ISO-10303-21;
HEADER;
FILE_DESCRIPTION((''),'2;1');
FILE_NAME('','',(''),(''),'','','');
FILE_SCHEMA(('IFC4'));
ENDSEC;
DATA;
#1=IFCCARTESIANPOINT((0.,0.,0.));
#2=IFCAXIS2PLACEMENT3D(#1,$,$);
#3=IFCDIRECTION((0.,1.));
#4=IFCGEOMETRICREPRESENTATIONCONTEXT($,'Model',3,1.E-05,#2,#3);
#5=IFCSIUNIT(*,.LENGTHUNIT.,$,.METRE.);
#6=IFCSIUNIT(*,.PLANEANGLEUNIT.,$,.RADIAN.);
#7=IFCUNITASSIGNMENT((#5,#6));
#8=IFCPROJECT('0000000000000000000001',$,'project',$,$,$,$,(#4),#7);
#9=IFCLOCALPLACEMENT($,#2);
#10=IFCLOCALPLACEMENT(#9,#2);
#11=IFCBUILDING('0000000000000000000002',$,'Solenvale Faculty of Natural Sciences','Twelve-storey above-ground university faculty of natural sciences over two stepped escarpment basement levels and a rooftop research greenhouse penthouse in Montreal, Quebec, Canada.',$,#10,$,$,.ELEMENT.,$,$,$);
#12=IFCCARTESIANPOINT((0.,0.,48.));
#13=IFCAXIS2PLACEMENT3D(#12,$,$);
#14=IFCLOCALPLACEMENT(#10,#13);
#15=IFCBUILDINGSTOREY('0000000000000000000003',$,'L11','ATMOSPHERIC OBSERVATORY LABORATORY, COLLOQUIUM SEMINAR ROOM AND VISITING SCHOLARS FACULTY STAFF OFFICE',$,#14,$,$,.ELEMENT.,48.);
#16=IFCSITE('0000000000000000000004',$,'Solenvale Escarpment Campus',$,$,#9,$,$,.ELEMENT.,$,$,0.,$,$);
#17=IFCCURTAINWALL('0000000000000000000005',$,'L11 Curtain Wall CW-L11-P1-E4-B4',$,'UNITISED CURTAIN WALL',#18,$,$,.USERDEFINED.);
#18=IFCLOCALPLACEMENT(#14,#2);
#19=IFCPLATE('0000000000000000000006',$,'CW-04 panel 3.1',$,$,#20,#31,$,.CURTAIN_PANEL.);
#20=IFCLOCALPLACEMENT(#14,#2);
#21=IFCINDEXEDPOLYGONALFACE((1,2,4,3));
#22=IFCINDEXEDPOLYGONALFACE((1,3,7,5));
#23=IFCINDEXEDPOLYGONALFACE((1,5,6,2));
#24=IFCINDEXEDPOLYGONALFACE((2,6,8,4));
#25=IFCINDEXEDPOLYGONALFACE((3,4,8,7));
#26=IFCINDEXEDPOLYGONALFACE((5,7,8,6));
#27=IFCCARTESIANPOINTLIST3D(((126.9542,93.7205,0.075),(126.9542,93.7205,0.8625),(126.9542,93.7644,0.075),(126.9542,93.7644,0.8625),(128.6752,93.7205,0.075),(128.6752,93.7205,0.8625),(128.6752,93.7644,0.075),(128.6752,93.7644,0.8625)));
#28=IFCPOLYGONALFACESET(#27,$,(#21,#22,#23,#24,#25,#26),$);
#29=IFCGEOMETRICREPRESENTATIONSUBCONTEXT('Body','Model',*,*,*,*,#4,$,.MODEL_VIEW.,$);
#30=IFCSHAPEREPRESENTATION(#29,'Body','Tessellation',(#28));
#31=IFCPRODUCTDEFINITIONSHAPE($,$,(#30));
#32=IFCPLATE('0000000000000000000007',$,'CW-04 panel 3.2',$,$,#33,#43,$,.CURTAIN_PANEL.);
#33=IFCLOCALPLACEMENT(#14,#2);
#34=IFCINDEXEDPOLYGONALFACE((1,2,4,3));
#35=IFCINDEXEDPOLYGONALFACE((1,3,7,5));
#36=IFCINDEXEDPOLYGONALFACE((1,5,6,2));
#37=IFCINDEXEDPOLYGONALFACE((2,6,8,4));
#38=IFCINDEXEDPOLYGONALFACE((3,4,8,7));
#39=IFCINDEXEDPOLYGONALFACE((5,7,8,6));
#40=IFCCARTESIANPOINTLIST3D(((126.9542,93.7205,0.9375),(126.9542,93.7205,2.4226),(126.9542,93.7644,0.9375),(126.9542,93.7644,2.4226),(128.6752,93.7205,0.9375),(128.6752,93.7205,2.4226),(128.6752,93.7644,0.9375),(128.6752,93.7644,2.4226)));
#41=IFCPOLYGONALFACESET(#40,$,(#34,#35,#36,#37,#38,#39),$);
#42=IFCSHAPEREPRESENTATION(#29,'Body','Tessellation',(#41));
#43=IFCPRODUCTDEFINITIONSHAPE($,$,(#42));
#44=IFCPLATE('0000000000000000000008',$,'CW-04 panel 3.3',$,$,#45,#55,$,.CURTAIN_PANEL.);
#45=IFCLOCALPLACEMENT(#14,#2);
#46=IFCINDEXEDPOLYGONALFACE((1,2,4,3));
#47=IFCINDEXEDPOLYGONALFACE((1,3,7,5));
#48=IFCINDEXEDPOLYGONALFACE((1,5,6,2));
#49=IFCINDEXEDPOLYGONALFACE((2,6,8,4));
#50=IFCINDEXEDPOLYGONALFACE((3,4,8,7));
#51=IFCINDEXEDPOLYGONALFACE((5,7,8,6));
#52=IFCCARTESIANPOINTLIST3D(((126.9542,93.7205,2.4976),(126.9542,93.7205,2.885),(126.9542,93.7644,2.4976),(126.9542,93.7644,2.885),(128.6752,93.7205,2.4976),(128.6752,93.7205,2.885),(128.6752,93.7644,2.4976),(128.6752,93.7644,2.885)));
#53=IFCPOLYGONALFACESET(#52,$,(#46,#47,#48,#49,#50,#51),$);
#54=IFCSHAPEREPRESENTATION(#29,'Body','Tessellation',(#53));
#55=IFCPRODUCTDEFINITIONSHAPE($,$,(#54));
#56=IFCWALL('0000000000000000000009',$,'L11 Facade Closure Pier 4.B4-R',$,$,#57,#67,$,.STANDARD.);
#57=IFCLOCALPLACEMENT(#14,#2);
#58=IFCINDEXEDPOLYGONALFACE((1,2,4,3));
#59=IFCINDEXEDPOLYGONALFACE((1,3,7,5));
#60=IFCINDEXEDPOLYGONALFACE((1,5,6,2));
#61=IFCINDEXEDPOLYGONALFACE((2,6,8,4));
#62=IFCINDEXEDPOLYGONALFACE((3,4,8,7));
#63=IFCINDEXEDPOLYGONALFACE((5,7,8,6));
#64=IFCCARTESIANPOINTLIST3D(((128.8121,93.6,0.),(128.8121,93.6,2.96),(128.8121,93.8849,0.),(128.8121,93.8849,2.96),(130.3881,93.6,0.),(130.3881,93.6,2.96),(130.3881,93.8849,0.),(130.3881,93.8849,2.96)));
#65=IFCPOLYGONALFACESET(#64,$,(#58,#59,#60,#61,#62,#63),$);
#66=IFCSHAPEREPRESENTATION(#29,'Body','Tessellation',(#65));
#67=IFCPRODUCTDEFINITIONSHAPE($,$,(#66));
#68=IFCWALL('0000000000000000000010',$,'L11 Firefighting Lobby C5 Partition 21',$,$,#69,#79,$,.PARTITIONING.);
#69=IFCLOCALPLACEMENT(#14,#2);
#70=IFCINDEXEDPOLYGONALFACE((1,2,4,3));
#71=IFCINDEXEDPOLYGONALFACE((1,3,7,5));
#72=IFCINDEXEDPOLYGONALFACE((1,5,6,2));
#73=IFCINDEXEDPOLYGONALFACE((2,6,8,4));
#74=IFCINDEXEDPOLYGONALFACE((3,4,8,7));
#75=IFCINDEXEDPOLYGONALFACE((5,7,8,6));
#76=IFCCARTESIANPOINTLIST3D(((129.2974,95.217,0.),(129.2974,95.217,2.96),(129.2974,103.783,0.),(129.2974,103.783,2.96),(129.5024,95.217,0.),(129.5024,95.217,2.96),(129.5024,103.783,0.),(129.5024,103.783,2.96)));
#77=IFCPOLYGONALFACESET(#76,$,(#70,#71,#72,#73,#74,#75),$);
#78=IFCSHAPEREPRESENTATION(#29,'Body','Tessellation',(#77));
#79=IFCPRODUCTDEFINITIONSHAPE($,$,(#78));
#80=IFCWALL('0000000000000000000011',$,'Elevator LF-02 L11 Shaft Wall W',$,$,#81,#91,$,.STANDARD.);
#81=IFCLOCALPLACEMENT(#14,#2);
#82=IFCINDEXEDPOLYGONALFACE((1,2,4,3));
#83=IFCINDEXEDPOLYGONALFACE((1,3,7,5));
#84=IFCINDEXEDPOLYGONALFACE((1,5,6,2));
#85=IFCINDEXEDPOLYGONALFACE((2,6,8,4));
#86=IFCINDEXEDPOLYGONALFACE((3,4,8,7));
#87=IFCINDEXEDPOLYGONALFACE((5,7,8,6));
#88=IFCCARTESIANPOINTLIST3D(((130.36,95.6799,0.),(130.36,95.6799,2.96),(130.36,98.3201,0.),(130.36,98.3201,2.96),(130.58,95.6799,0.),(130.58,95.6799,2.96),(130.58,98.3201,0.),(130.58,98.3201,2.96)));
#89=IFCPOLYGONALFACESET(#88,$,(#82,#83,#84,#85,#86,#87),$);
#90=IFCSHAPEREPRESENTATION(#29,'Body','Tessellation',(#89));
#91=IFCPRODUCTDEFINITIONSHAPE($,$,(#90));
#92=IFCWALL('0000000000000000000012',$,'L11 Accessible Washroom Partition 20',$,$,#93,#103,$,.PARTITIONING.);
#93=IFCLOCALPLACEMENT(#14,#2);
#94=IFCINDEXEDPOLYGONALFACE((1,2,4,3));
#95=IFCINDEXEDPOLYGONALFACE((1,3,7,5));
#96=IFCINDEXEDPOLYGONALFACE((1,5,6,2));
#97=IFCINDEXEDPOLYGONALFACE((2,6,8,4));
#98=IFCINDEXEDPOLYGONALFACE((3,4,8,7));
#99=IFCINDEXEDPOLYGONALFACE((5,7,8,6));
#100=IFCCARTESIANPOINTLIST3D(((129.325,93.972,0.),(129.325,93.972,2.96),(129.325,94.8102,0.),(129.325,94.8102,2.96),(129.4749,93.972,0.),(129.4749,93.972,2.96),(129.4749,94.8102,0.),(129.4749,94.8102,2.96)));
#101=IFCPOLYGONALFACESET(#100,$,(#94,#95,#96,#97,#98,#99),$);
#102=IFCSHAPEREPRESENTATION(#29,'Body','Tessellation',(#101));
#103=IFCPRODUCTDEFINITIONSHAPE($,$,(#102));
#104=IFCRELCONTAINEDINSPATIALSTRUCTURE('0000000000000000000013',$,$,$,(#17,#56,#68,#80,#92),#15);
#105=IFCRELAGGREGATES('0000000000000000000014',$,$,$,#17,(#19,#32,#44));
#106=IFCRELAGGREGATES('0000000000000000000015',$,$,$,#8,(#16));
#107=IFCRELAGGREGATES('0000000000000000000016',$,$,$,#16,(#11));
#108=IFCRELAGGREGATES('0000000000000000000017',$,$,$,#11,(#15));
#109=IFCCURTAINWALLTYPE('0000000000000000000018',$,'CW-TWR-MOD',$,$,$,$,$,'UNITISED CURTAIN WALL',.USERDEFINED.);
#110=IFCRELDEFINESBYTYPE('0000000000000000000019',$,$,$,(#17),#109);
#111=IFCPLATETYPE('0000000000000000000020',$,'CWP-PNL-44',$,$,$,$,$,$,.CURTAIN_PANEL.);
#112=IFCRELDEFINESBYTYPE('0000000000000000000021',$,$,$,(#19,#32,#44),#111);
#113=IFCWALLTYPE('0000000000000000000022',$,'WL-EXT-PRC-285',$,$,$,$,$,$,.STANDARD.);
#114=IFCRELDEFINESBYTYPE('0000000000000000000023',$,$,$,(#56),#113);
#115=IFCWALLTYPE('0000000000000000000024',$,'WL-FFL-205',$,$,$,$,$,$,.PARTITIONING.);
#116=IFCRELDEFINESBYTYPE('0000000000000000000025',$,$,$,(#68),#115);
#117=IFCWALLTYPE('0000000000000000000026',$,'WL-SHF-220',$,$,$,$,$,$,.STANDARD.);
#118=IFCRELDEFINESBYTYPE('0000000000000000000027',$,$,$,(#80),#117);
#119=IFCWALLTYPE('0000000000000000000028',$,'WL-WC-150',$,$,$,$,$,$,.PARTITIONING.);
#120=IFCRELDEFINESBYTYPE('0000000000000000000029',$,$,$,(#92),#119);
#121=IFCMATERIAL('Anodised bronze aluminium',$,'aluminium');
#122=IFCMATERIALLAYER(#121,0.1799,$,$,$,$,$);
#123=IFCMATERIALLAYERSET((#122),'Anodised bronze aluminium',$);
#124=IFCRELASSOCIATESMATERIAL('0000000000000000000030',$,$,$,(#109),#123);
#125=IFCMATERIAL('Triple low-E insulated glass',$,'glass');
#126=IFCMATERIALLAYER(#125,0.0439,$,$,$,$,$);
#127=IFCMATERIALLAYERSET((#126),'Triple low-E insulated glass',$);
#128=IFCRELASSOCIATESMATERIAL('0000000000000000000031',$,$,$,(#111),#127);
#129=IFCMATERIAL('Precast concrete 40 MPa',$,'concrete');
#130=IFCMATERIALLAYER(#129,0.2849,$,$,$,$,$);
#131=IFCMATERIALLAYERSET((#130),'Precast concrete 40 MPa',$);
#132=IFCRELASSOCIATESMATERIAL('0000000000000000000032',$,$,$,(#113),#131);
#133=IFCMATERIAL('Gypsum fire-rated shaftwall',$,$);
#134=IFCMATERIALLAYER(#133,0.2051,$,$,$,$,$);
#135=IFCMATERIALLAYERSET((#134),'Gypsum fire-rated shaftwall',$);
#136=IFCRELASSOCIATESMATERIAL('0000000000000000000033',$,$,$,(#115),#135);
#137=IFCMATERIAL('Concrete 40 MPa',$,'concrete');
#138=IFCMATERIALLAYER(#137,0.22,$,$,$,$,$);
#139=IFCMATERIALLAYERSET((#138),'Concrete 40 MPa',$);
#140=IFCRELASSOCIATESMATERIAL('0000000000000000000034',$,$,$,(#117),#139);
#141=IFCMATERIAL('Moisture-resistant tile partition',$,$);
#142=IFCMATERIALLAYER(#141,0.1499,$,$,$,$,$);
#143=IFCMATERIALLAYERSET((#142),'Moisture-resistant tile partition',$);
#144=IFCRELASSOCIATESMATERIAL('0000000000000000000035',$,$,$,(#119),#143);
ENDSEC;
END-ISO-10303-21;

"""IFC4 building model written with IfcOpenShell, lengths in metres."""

from ifc_helpers import new_model, si_unit, direction, frame, frame_2d, origin, origin_2d, place, context, subcontext, project, spatial, rectangle, extrude, material, layer, layer_set, type_object, element, aggregate, save


model = new_model("IFC4")

# Units and contexts
model_context = context("Model", 3, precision=1e-05, world=origin(), true_north=direction((0.0, 1.0)))
body_context = subcontext(model_context, "Body", "Model", "MODEL_VIEW")
ifc_project = project(units=[si_unit("LENGTHUNIT", "METRE"), si_unit("PLANEANGLEUNIT", "RADIAN")], contexts=[model_context])

# Site, building, storey
site_placement = place(None, origin())
site = spatial("IfcSite", under=ifc_project, at=site_placement, Name="Solenvale Escarpment Campus", CompositionType="ELEMENT", RefElevation=0.0)
building_placement = place(site_placement, origin())
building = spatial("IfcBuilding", under=site, at=building_placement, Name="Solenvale Faculty of Natural Sciences", Description="Twelve-storey above-ground university faculty of natural sciences over two stepped escarpment basement levels and a rooftop research greenhouse penthouse in Montreal, Quebec, Canada.", CompositionType="ELEMENT")
storey_placement = place(building_placement, frame((0.0, 0.0, 48.0)))
storey = spatial("IfcBuildingStorey", under=building, at=storey_placement, Name="L11", Description="ATMOSPHERIC OBSERVATORY LABORATORY, COLLOQUIUM SEMINAR ROOM AND VISITING SCHOLARS FACULTY STAFF OFFICE", CompositionType="ELEMENT", Elevation=48.0)

# Shared definitions
ifc_material_1 = material(Name="Concrete 40 MPa", Category="concrete")

# Curtain wall, plates
ifc_material_2 = material(Name="Anodised bronze aluminium", Category="aluminium")
ifc_layer_1 = layer(ifc_material_2, 0.1799)
ifc_layer_set_1 = layer_set([ifc_layer_1], Name="Anodised bronze aluminium")
curtain_wall_type = type_object("IfcCurtainWallType", Name="CW-TWR-MOD", ElementType="UNITISED CURTAIN WALL", PredefinedType="USERDEFINED", material=ifc_layer_set_1)
curtain_wall_placement = place(storey_placement, origin())
curtain_wall = element("IfcCurtainWall", 1, at=curtain_wall_placement, inside=storey, type_object=curtain_wall_type, Name="L11 Curtain Wall CW-L11-P1-E4-B4", ObjectType="UNITISED CURTAIN WALL", PredefinedType="USERDEFINED")
ifc_material_3 = material(Name="Triple low-E insulated glass", Category="glass")
ifc_layer_2 = layer(ifc_material_3, 0.0439)
ifc_layer_set_2 = layer_set([ifc_layer_2], Name="Triple low-E insulated glass")
plate_type = type_object("IfcPlateType", Name="CWP-PNL-44", PredefinedType="CURTAIN_PANEL", material=ifc_layer_set_2)
plate_1_placement = place(storey_placement, frame((127.8147, 93.7424, 0.075), z_axis=(0.0, 0.0, 1.0), x_axis=(1.0, 0.0, 0.0)))
plate_1 = element("IfcPlate", 2, at=plate_1_placement, type_object=plate_type, Name="CW-04 panel 3.1", PredefinedType="CURTAIN_PANEL", context=body_context, shape_type="SweptSolid", body=[
    extrude(rectangle(XDim=1.7209, YDim=0.0439, at=origin_2d()), origin(), (0.0, 0.0, 1.0), 0.7876),
])
plate_2_placement = place(storey_placement, frame((127.8147, 93.7424, 0.9375), z_axis=(0.0, 0.0, 1.0), x_axis=(1.0, 0.0, 0.0)))
plate_2 = element("IfcPlate", 3, at=plate_2_placement, type_object=plate_type, Name="CW-04 panel 3.2", PredefinedType="CURTAIN_PANEL", context=body_context, shape_type="SweptSolid", body=[
    extrude(rectangle(XDim=1.7209, YDim=0.0439, at=origin_2d()), origin(), (0.0, 0.0, 1.0), 1.4851),
])
plate_3_placement = place(storey_placement, frame((127.8147, 93.7424, 2.4976), z_axis=(0.0, 0.0, 1.0), x_axis=(1.0, 0.0, 0.0)))
plate_3 = element("IfcPlate", 4, at=plate_3_placement, type_object=plate_type, Name="CW-04 panel 3.3", PredefinedType="CURTAIN_PANEL", context=body_context, shape_type="SweptSolid", body=[
    extrude(rectangle(XDim=1.7209, YDim=0.0439, at=origin_2d()), origin(), (0.0, 0.0, 1.0), 0.3875),
])
aggregate(curtain_wall, [plate_1, plate_2, plate_3])

# Walls
ifc_material_4 = material(Name="Precast concrete 40 MPa", Category="concrete")
ifc_layer_3 = layer(ifc_material_4, 0.2849)
ifc_layer_set_3 = layer_set([ifc_layer_3], Name="Precast concrete 40 MPa")
wall_type_1 = type_object("IfcWallType", Name="WL-EXT-PRC-285", PredefinedType="STANDARD", material=ifc_layer_set_3)
wall_1_placement = place(storey_placement, frame((128.812, 93.7424, 0.0), z_axis=(0.0, 0.0, 1.0), x_axis=(1.0, 0.0, 0.0)))
element("IfcWall", 5, at=wall_1_placement, inside=storey, type_object=wall_type_1, Name="L11 Facade Closure Pier 4.B4-R", PredefinedType="STANDARD", context=body_context, shape_type="SweptSolid", body=[
    extrude(rectangle(XDim=1.5759, YDim=0.2849, at=frame_2d((0.7881, 0.0))), origin(), (0.0, 0.0, 1.0), 2.96),
])
ifc_material_5 = material(Name="Gypsum fire-rated shaftwall")
ifc_layer_4 = layer(ifc_material_5, 0.2051)
ifc_layer_set_4 = layer_set([ifc_layer_4], Name="Gypsum fire-rated shaftwall")
wall_type_2 = type_object("IfcWallType", Name="WL-FFL-205", PredefinedType="PARTITIONING", material=ifc_layer_set_4)
wall_2_placement = place(storey_placement, frame((129.3999, 95.217, 0.0), z_axis=(0.0, 0.0, 1.0), x_axis=(0.0, 1.0, 0.0)))
element("IfcWall", 6, at=wall_2_placement, inside=storey, type_object=wall_type_2, Name="L11 Firefighting Lobby C5 Partition 21", PredefinedType="PARTITIONING", context=body_context, shape_type="SweptSolid", body=[
    extrude(rectangle(XDim=8.5659, YDim=0.2051, at=frame_2d((4.283, 0.0))), origin(), (0.0, 0.0, 1.0), 2.96),
])
ifc_layer_5 = layer(ifc_material_1, 0.22)
ifc_layer_set_5 = layer_set([ifc_layer_5], Name="Concrete 40 MPa")
wall_type_3 = type_object("IfcWallType", Name="WL-SHF-220", PredefinedType="STANDARD", material=ifc_layer_set_5)
wall_3_placement = place(storey_placement, frame((130.47, 95.6799, 0.0), z_axis=(0.0, 0.0, 1.0), x_axis=(0.0, 1.0, 0.0)))
element("IfcWall", 7, at=wall_3_placement, inside=storey, type_object=wall_type_3, Name="Elevator LF-02 L11 Shaft Wall W", PredefinedType="STANDARD", context=body_context, shape_type="SweptSolid", body=[
    extrude(rectangle(XDim=2.6401, YDim=0.22, at=frame_2d((1.3201, 0.0))), origin(), (0.0, 0.0, 1.0), 2.96),
])
ifc_material_6 = material(Name="Moisture-resistant tile partition")
ifc_layer_6 = layer(ifc_material_6, 0.1499)
ifc_layer_set_6 = layer_set([ifc_layer_6], Name="Moisture-resistant tile partition")
wall_type_4 = type_object("IfcWallType", Name="WL-WC-150", PredefinedType="PARTITIONING", material=ifc_layer_set_6)
wall_4_placement = place(storey_placement, frame((129.3999, 94.8101, 0.0), z_axis=(0.0, 0.0, 1.0), x_axis=(0.0, -1.0, 0.0)))
element("IfcWall", 8, at=wall_4_placement, inside=storey, type_object=wall_type_4, Name="L11 Accessible Washroom Partition 20", PredefinedType="PARTITIONING", context=body_context, shape_type="SweptSolid", body=[
    extrude(rectangle(XDim=0.8381, YDim=0.1499, at=frame_2d((0.4189, 0.0))), origin(), (0.0, 0.0, 1.0), 2.96),
])

save(model, "model.ifc")
